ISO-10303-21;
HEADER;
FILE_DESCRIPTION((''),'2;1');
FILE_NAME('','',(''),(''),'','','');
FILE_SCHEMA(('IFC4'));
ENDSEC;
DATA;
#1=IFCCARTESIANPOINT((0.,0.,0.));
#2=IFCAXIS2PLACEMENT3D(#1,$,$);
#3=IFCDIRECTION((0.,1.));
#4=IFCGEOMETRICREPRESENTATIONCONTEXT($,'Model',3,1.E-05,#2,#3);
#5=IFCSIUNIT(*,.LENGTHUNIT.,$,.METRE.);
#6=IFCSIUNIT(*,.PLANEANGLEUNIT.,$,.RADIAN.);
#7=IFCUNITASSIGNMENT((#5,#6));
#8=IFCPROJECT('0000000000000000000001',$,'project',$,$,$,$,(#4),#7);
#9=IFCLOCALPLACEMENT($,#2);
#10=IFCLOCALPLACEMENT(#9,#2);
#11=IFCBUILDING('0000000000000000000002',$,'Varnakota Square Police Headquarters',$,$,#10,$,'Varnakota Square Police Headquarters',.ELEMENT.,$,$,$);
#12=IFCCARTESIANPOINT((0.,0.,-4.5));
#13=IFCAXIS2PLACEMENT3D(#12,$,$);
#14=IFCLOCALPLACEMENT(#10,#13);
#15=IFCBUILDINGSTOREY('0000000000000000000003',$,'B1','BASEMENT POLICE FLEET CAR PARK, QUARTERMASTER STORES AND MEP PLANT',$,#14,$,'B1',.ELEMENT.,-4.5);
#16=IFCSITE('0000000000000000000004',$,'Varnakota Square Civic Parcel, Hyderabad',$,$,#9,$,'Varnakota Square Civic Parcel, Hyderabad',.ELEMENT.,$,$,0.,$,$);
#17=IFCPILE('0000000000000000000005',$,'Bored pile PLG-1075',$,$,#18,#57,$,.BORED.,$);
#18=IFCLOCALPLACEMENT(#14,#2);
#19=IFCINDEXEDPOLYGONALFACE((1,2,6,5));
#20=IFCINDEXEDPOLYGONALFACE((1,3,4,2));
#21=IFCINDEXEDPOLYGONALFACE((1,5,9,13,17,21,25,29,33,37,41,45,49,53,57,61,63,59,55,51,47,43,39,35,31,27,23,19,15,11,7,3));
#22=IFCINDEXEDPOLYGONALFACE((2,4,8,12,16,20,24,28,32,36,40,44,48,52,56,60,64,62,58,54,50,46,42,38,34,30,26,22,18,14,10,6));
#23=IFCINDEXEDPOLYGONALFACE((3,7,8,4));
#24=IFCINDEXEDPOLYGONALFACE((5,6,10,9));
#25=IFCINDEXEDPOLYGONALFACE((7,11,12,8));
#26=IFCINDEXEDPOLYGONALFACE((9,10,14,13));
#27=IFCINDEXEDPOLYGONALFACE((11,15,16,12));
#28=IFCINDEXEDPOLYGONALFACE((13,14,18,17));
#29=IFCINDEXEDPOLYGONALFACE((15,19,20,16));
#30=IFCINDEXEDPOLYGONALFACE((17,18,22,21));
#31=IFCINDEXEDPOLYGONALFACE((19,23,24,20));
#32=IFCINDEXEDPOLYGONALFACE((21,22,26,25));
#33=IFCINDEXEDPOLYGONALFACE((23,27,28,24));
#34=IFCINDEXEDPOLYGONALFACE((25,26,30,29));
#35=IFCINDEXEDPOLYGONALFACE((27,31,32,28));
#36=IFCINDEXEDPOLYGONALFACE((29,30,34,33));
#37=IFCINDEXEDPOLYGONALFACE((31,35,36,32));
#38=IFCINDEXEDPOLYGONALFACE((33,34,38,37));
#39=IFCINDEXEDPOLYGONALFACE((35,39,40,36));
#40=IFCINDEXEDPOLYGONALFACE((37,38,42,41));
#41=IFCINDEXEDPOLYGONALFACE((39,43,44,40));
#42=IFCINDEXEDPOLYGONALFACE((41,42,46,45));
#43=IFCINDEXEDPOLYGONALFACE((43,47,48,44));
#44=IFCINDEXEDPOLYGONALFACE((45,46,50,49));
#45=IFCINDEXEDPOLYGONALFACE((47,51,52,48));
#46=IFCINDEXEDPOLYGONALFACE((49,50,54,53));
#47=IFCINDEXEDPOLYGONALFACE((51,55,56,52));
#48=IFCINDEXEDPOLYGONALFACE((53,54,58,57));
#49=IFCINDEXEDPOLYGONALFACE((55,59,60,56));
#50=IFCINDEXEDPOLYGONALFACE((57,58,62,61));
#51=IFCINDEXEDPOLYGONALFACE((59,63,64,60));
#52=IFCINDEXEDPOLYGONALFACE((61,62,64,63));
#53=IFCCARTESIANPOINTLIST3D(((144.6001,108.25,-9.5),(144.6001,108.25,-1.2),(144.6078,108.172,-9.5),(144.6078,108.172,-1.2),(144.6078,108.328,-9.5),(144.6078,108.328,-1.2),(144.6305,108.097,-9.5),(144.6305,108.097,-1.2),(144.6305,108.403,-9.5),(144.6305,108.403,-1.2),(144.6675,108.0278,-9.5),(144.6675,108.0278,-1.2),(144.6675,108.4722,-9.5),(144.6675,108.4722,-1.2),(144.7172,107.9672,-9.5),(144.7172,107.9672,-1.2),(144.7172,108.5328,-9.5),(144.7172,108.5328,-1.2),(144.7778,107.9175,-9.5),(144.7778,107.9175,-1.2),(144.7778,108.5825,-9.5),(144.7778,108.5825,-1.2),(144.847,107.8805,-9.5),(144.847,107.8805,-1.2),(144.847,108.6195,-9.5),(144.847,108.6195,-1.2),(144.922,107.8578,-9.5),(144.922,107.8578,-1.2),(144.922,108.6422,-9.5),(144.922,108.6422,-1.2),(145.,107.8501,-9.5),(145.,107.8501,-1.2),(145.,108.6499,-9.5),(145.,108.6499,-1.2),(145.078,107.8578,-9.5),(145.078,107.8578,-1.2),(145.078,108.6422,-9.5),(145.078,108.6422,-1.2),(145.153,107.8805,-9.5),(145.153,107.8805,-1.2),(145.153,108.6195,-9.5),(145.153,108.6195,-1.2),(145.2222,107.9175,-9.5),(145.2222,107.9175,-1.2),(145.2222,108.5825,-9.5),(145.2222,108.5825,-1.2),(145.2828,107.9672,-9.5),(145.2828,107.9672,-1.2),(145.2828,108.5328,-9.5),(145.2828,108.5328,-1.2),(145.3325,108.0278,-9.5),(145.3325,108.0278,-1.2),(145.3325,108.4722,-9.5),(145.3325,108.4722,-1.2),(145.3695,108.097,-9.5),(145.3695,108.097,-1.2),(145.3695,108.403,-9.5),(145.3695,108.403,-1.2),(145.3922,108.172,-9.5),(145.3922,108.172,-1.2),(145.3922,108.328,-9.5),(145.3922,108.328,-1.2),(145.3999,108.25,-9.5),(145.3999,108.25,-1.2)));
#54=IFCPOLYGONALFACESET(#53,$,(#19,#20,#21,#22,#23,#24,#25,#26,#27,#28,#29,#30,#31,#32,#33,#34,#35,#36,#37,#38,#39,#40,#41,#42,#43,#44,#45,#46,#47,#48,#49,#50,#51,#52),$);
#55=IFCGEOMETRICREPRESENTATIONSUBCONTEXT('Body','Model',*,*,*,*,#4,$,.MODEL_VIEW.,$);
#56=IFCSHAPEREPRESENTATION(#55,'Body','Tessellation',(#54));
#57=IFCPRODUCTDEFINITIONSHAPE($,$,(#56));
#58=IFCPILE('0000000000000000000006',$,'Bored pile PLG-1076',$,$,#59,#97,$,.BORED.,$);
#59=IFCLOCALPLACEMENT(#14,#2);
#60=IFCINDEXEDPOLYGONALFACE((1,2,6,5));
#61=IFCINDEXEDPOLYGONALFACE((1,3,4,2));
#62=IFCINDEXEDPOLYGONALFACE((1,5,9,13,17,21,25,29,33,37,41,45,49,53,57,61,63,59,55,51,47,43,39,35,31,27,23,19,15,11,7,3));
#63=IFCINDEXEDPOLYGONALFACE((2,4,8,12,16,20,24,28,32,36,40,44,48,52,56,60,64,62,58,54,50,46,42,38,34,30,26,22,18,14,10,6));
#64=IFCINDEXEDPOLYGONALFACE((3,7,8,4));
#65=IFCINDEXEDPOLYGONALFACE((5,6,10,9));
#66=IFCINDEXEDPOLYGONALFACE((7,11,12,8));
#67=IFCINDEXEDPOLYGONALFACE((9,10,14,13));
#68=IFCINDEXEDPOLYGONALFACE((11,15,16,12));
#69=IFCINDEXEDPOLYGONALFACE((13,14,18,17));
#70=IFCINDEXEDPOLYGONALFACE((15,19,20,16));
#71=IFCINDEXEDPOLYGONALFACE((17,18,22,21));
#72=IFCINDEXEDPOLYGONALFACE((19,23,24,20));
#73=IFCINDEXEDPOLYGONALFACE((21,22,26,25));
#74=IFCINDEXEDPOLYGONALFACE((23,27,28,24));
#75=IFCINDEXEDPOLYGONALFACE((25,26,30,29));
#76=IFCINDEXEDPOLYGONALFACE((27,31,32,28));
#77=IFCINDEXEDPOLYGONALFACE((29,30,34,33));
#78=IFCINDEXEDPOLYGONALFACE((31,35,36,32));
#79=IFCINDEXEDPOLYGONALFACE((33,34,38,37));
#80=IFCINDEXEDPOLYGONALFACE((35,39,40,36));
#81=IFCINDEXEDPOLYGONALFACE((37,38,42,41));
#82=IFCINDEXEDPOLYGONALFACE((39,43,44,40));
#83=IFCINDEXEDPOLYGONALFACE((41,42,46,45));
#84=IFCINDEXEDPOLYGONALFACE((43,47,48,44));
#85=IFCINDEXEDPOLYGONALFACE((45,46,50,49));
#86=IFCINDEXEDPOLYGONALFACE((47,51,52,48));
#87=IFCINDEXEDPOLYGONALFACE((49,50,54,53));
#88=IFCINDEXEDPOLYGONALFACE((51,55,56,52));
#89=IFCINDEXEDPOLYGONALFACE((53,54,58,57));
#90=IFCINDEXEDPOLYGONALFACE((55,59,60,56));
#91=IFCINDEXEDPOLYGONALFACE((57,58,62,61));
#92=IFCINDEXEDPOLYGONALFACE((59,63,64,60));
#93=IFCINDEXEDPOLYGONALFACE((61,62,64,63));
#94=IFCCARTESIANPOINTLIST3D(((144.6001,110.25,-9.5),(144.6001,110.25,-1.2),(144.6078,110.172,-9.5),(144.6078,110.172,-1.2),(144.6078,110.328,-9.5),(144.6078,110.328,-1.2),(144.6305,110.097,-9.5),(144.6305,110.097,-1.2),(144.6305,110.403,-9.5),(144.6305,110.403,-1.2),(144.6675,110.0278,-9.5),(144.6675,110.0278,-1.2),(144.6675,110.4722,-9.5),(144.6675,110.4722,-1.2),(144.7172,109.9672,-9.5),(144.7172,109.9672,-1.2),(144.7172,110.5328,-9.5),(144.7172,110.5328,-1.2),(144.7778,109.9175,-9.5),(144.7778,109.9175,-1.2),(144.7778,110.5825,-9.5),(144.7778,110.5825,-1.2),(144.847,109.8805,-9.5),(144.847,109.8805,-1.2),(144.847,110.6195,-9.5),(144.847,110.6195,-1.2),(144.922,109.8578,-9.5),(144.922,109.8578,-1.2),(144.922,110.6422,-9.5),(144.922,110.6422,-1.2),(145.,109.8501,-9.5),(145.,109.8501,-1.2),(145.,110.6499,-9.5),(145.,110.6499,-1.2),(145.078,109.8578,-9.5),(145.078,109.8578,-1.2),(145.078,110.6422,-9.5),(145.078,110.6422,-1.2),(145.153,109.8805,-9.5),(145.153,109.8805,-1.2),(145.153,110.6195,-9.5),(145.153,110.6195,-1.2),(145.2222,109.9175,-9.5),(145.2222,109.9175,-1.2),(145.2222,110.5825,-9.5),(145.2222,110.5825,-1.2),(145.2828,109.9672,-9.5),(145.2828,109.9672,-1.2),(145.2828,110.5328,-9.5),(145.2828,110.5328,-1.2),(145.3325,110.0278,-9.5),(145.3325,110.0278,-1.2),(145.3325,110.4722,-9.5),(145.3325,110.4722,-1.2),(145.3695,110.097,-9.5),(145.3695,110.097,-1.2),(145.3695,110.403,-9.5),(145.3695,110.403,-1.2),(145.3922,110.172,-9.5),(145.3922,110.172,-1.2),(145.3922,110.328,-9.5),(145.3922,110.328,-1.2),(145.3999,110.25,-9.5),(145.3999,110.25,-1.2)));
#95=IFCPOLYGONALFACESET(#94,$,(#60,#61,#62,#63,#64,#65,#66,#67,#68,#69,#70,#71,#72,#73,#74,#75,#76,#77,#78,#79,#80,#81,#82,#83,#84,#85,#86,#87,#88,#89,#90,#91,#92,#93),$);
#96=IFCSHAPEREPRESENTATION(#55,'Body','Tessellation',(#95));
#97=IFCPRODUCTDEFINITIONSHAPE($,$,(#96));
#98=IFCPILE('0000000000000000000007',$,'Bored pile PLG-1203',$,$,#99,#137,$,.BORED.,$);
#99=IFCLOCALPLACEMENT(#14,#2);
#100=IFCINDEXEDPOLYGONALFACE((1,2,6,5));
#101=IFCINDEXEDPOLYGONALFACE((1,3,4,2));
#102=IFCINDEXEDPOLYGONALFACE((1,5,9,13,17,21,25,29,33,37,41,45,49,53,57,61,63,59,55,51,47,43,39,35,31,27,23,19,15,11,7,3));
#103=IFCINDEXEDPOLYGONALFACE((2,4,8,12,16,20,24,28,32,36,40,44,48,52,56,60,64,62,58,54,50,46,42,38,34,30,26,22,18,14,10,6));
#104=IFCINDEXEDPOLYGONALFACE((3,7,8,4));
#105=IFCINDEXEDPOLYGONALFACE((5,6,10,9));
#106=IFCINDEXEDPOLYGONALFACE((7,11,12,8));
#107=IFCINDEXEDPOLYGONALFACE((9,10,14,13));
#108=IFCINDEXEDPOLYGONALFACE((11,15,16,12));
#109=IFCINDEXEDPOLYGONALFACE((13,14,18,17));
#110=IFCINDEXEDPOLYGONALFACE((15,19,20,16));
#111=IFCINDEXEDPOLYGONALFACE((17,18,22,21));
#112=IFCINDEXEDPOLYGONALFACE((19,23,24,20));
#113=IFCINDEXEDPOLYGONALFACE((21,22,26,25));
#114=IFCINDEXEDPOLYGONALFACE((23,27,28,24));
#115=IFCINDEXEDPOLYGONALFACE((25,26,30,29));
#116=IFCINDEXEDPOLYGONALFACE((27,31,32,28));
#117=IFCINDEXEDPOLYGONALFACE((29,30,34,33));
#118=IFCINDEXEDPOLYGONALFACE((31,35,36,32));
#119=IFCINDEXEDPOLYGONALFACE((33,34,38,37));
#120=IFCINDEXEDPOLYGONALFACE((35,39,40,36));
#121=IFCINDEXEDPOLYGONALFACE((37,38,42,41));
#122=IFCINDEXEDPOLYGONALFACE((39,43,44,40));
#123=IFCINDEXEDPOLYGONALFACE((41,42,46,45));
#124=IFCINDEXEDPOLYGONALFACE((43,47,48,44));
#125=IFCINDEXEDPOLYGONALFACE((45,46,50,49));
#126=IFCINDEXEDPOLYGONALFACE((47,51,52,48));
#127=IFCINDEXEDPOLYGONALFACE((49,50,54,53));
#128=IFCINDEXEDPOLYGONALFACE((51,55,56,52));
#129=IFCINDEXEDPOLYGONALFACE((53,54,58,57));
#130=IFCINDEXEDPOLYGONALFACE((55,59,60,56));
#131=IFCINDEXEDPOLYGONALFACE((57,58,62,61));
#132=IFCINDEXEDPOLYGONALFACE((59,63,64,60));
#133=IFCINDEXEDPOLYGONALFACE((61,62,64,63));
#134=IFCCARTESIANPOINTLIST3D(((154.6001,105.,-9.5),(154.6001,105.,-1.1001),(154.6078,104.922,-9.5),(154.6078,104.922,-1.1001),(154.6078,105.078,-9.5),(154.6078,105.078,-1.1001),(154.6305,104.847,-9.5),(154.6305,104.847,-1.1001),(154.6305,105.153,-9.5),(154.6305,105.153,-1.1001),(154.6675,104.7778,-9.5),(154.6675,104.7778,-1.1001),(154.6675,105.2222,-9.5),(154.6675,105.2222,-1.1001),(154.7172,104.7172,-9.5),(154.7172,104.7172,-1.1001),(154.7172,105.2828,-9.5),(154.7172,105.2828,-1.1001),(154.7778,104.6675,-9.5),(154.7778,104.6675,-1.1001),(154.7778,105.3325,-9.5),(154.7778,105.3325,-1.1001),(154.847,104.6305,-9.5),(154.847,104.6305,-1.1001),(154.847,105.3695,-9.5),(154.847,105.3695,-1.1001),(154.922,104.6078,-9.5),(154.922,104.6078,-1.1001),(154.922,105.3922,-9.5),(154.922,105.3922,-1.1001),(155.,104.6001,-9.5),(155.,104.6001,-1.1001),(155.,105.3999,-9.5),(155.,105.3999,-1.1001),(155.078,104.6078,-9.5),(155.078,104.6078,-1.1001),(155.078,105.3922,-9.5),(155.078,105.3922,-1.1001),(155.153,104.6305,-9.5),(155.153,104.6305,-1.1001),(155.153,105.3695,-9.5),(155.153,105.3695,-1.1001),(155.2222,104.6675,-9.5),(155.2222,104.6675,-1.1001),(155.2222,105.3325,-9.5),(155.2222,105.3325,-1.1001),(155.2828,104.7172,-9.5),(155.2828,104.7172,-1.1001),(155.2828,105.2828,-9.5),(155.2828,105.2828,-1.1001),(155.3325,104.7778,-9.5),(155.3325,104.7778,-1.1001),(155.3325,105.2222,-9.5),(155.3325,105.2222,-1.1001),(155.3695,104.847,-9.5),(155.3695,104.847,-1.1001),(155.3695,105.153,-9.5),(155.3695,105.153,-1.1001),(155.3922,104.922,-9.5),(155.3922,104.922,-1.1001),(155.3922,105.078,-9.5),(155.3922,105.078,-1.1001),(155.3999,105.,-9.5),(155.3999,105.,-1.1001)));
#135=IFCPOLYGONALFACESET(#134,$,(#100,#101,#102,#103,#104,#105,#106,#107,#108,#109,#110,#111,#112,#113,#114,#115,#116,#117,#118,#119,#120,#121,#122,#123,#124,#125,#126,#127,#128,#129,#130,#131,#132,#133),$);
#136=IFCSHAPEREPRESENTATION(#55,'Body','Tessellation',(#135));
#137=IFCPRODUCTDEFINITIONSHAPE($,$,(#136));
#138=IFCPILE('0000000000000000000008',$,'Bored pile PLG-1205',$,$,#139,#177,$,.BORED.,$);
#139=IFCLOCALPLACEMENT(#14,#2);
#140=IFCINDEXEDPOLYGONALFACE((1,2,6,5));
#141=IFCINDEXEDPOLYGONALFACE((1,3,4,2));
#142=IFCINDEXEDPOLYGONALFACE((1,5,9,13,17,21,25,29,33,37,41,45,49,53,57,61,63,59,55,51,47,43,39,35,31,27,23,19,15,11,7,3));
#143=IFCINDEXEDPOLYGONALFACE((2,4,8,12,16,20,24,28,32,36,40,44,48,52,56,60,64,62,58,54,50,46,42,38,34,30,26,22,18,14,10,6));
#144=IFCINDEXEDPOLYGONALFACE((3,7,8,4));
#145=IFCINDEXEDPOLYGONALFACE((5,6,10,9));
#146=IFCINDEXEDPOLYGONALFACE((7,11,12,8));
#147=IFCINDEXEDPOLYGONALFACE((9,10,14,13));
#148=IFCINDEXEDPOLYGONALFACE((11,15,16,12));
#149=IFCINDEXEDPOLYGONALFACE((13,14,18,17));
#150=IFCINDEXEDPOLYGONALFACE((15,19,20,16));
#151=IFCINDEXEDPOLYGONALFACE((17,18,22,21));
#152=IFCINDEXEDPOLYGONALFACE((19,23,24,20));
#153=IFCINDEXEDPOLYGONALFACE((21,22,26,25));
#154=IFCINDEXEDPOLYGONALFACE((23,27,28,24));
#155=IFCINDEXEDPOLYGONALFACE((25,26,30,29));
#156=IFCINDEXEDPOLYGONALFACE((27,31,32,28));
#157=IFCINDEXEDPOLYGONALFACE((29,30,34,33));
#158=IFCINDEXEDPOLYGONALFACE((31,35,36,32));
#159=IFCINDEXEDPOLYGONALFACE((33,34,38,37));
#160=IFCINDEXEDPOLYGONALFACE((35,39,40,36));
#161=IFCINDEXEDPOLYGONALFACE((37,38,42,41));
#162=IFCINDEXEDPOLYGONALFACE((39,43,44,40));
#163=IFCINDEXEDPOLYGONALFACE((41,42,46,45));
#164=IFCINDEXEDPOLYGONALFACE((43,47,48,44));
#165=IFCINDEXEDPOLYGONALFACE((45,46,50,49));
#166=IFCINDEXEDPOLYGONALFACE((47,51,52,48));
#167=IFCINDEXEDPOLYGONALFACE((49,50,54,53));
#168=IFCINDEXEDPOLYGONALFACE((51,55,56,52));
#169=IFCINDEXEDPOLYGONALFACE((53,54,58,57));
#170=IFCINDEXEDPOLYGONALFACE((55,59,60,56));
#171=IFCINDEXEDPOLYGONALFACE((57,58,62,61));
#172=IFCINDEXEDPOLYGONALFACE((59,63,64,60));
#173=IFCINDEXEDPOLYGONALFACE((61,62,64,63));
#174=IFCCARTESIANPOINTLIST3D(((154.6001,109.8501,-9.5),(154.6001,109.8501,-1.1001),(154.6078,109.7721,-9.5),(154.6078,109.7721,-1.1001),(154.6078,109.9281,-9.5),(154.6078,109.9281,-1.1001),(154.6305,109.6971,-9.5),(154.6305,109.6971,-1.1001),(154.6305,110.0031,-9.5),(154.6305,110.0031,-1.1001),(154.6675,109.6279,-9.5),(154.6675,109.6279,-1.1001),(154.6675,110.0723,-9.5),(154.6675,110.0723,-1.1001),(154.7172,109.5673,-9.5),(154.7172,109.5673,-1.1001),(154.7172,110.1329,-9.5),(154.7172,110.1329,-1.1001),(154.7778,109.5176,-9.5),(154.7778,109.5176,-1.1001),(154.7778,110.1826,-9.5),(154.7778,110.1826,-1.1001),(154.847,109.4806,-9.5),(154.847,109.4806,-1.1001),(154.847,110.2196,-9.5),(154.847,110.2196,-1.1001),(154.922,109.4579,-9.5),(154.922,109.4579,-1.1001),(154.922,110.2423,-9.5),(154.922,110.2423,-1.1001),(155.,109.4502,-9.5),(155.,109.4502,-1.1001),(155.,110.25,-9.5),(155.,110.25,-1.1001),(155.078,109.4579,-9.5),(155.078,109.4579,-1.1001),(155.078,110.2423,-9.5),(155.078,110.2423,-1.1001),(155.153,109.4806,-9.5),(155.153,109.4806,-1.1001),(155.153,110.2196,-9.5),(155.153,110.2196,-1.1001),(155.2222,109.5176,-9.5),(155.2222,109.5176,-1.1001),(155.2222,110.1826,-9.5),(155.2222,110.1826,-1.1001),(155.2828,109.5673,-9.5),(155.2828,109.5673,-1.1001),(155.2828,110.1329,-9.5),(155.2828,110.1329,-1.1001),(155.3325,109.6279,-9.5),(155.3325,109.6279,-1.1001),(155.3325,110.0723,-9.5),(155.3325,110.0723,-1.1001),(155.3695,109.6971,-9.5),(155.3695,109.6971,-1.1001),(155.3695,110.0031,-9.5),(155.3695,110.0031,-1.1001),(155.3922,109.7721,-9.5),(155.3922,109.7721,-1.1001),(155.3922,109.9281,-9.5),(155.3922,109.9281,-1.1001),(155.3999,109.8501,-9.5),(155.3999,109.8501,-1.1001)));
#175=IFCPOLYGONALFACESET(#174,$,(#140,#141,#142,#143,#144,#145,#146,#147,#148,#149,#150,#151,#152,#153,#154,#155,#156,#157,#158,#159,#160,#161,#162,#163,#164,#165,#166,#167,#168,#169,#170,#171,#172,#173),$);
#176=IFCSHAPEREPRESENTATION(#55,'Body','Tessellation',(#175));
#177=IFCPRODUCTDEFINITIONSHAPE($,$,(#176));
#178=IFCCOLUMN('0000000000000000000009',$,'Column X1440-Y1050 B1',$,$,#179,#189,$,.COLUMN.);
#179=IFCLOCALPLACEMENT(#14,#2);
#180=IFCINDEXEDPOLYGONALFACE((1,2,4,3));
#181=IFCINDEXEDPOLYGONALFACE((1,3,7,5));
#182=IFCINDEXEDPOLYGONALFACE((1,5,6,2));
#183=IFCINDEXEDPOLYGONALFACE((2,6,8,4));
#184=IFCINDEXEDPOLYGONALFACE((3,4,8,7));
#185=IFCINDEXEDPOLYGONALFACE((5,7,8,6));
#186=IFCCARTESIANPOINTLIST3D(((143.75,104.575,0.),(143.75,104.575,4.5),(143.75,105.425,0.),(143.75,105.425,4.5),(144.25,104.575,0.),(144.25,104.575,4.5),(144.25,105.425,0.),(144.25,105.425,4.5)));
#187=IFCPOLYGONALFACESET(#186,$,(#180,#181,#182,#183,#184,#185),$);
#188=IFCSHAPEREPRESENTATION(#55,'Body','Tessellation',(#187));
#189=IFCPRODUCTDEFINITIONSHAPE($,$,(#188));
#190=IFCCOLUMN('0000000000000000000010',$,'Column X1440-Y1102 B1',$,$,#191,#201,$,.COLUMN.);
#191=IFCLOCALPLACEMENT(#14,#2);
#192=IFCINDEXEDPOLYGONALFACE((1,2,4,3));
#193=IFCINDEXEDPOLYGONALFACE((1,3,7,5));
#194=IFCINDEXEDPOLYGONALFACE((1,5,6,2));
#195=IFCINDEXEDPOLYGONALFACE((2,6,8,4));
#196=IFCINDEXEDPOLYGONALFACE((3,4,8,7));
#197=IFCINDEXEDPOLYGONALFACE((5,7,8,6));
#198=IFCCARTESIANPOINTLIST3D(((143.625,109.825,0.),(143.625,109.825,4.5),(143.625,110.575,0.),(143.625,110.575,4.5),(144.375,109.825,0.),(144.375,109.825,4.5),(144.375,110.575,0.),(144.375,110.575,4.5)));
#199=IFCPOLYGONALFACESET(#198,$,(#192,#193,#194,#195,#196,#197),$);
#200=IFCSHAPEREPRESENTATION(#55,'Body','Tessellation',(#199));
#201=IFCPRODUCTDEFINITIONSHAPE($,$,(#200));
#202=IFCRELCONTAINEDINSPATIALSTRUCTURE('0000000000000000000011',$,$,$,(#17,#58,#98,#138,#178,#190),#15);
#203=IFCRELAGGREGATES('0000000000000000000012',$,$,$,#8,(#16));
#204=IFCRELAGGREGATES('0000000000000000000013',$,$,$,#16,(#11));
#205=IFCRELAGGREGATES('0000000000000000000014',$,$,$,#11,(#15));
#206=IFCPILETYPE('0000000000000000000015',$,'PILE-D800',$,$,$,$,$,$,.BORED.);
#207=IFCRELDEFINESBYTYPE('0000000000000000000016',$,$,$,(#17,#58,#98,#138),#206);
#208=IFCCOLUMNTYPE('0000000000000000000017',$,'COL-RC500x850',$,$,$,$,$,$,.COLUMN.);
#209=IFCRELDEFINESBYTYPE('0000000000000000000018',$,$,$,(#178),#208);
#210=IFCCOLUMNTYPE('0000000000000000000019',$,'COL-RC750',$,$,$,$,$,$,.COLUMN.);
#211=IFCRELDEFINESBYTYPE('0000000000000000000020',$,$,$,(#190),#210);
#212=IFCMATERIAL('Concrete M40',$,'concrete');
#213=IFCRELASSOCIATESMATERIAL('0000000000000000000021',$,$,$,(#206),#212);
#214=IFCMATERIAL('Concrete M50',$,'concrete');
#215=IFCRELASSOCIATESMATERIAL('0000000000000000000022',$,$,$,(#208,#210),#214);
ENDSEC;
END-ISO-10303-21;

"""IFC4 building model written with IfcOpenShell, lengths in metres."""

from ifc_helpers import new_model, si_unit, direction, frame, origin, origin_2d, place, context, subcontext, project, spatial, rectangle, circle, extrude, material, material_profile, profile_set, type_object, element, save


model = new_model("IFC4")

# Units and contexts
model_context = context("Model", 3, precision=1e-05, world=origin(), true_north=direction((0.0, 1.0)))
body_context = subcontext(model_context, "Body", "Model", "MODEL_VIEW")
ifc_project = project(units=[si_unit("LENGTHUNIT", "METRE"), si_unit("PLANEANGLEUNIT", "RADIAN")], contexts=[model_context])

# Site, building, storey
site_placement = place(None, origin())
site = spatial("IfcSite", under=ifc_project, at=site_placement, Name="Varnakota Square Civic Parcel, Hyderabad", LongName="Varnakota Square Civic Parcel, Hyderabad", CompositionType="ELEMENT", RefElevation=0.0)
building_placement = place(site_placement, origin())
building = spatial("IfcBuilding", under=site, at=building_placement, Name="Varnakota Square Police Headquarters", LongName="Varnakota Square Police Headquarters", CompositionType="ELEMENT")
storey_placement = place(building_placement, frame((0.0, 0.0, -4.5)))
storey = spatial("IfcBuildingStorey", under=building, at=storey_placement, Name="B1", Description="BASEMENT POLICE FLEET CAR PARK, QUARTERMASTER STORES AND MEP PLANT", LongName="B1", CompositionType="ELEMENT", Elevation=-4.5)

# Shared definitions
ifc_material_1 = material(Name="Concrete M40", Category="concrete")

# Piles
ifc_material_profile_1 = material_profile(ifc_material_1, circle(Radius=0.3999, at=origin_2d()), Name="BORED PILE 800")
ifc_profile_set_1 = profile_set([ifc_material_profile_1], Name="Concrete M40")
pile_type = type_object("IfcPileType", Name="PILE-D800", PredefinedType="BORED", material=ifc_profile_set_1)
for number, where, z_axis, x_axis, name in (
    (1, (145.0, 108.25, -1.2), (0.0, 0.0, -1.0), (1.0, 0.0, 0.0), "Bored pile PLG-1075"),
    (2, (145.0, 110.25, -1.2), (0.0, 0.0, -1.0), (1.0, 0.0, 0.0), "Bored pile PLG-1076"),
):
    element("IfcPile", number, at=place(storey_placement, frame(where, z_axis=z_axis, x_axis=x_axis)), inside=storey, type_object=pile_type, Name=name, PredefinedType="BORED", context=body_context, shape_type="SweptSolid", body=[
        extrude(circle(Radius=0.3999, at=origin_2d()), origin(), (0.0, 0.0, 1.0), 8.3),
    ])
for number, where, z_axis, x_axis, name in (
    (3, (155.0, 105.0, -1.1001), (0.0, 0.0, -1.0), (1.0, 0.0, 0.0), "Bored pile PLG-1203"),
    (4, (155.0, 109.8501, -1.1001), (0.0, 0.0, -1.0), (1.0, 0.0, 0.0), "Bored pile PLG-1205"),
):
    element("IfcPile", number, at=place(storey_placement, frame(where, z_axis=z_axis, x_axis=x_axis)), inside=storey, type_object=pile_type, Name=name, PredefinedType="BORED", context=body_context, shape_type="SweptSolid", body=[
        extrude(circle(Radius=0.3999, at=origin_2d()), origin(), (0.0, 0.0, 1.0), 8.3999),
    ])

# Columns
ifc_material_2 = material(Name="Concrete M50", Category="concrete")
ifc_material_profile_2 = material_profile(ifc_material_2, rectangle(XDim=0.5, YDim=0.8501, at=origin_2d()), Name="RC 500x850")
ifc_profile_set_2 = profile_set([ifc_material_profile_2], Name="Concrete M50")
column_type_1 = type_object("IfcColumnType", Name="COL-RC500x850", PredefinedType="COLUMN", material=ifc_profile_set_2)
column_1_placement = place(storey_placement, frame((144.0, 105.0, 0.0), z_axis=(0.0, 0.0, 1.0), x_axis=(1.0, 0.0, 0.0)))
element("IfcColumn", 5, at=column_1_placement, inside=storey, type_object=column_type_1, Name="Column X1440-Y1050 B1", PredefinedType="COLUMN", context=body_context, shape_type="SweptSolid", body=[
    extrude(rectangle(XDim=0.5, YDim=0.8501, at=origin_2d()), origin(), (0.0, 0.0, 1.0), 4.5),
])
ifc_material_profile_3 = material_profile(ifc_material_2, rectangle(XDim=0.75, YDim=0.75, at=origin_2d()), Name="RC 750x750")
ifc_profile_set_3 = profile_set([ifc_material_profile_3], Name="Concrete M50")
column_type_2 = type_object("IfcColumnType", Name="COL-RC750", PredefinedType="COLUMN", material=ifc_profile_set_3)
column_2_placement = place(storey_placement, frame((144.0, 110.2, 0.0), z_axis=(0.0, 0.0, 1.0), x_axis=(1.0, 0.0, 0.0)))
element("IfcColumn", 6, at=column_2_placement, inside=storey, type_object=column_type_2, Name="Column X1440-Y1102 B1", PredefinedType="COLUMN", context=body_context, shape_type="SweptSolid", body=[
    extrude(rectangle(XDim=0.75, YDim=0.75, at=origin_2d()), origin(), (0.0, 0.0, 1.0), 4.5),
])

save(model, "model.ifc")
